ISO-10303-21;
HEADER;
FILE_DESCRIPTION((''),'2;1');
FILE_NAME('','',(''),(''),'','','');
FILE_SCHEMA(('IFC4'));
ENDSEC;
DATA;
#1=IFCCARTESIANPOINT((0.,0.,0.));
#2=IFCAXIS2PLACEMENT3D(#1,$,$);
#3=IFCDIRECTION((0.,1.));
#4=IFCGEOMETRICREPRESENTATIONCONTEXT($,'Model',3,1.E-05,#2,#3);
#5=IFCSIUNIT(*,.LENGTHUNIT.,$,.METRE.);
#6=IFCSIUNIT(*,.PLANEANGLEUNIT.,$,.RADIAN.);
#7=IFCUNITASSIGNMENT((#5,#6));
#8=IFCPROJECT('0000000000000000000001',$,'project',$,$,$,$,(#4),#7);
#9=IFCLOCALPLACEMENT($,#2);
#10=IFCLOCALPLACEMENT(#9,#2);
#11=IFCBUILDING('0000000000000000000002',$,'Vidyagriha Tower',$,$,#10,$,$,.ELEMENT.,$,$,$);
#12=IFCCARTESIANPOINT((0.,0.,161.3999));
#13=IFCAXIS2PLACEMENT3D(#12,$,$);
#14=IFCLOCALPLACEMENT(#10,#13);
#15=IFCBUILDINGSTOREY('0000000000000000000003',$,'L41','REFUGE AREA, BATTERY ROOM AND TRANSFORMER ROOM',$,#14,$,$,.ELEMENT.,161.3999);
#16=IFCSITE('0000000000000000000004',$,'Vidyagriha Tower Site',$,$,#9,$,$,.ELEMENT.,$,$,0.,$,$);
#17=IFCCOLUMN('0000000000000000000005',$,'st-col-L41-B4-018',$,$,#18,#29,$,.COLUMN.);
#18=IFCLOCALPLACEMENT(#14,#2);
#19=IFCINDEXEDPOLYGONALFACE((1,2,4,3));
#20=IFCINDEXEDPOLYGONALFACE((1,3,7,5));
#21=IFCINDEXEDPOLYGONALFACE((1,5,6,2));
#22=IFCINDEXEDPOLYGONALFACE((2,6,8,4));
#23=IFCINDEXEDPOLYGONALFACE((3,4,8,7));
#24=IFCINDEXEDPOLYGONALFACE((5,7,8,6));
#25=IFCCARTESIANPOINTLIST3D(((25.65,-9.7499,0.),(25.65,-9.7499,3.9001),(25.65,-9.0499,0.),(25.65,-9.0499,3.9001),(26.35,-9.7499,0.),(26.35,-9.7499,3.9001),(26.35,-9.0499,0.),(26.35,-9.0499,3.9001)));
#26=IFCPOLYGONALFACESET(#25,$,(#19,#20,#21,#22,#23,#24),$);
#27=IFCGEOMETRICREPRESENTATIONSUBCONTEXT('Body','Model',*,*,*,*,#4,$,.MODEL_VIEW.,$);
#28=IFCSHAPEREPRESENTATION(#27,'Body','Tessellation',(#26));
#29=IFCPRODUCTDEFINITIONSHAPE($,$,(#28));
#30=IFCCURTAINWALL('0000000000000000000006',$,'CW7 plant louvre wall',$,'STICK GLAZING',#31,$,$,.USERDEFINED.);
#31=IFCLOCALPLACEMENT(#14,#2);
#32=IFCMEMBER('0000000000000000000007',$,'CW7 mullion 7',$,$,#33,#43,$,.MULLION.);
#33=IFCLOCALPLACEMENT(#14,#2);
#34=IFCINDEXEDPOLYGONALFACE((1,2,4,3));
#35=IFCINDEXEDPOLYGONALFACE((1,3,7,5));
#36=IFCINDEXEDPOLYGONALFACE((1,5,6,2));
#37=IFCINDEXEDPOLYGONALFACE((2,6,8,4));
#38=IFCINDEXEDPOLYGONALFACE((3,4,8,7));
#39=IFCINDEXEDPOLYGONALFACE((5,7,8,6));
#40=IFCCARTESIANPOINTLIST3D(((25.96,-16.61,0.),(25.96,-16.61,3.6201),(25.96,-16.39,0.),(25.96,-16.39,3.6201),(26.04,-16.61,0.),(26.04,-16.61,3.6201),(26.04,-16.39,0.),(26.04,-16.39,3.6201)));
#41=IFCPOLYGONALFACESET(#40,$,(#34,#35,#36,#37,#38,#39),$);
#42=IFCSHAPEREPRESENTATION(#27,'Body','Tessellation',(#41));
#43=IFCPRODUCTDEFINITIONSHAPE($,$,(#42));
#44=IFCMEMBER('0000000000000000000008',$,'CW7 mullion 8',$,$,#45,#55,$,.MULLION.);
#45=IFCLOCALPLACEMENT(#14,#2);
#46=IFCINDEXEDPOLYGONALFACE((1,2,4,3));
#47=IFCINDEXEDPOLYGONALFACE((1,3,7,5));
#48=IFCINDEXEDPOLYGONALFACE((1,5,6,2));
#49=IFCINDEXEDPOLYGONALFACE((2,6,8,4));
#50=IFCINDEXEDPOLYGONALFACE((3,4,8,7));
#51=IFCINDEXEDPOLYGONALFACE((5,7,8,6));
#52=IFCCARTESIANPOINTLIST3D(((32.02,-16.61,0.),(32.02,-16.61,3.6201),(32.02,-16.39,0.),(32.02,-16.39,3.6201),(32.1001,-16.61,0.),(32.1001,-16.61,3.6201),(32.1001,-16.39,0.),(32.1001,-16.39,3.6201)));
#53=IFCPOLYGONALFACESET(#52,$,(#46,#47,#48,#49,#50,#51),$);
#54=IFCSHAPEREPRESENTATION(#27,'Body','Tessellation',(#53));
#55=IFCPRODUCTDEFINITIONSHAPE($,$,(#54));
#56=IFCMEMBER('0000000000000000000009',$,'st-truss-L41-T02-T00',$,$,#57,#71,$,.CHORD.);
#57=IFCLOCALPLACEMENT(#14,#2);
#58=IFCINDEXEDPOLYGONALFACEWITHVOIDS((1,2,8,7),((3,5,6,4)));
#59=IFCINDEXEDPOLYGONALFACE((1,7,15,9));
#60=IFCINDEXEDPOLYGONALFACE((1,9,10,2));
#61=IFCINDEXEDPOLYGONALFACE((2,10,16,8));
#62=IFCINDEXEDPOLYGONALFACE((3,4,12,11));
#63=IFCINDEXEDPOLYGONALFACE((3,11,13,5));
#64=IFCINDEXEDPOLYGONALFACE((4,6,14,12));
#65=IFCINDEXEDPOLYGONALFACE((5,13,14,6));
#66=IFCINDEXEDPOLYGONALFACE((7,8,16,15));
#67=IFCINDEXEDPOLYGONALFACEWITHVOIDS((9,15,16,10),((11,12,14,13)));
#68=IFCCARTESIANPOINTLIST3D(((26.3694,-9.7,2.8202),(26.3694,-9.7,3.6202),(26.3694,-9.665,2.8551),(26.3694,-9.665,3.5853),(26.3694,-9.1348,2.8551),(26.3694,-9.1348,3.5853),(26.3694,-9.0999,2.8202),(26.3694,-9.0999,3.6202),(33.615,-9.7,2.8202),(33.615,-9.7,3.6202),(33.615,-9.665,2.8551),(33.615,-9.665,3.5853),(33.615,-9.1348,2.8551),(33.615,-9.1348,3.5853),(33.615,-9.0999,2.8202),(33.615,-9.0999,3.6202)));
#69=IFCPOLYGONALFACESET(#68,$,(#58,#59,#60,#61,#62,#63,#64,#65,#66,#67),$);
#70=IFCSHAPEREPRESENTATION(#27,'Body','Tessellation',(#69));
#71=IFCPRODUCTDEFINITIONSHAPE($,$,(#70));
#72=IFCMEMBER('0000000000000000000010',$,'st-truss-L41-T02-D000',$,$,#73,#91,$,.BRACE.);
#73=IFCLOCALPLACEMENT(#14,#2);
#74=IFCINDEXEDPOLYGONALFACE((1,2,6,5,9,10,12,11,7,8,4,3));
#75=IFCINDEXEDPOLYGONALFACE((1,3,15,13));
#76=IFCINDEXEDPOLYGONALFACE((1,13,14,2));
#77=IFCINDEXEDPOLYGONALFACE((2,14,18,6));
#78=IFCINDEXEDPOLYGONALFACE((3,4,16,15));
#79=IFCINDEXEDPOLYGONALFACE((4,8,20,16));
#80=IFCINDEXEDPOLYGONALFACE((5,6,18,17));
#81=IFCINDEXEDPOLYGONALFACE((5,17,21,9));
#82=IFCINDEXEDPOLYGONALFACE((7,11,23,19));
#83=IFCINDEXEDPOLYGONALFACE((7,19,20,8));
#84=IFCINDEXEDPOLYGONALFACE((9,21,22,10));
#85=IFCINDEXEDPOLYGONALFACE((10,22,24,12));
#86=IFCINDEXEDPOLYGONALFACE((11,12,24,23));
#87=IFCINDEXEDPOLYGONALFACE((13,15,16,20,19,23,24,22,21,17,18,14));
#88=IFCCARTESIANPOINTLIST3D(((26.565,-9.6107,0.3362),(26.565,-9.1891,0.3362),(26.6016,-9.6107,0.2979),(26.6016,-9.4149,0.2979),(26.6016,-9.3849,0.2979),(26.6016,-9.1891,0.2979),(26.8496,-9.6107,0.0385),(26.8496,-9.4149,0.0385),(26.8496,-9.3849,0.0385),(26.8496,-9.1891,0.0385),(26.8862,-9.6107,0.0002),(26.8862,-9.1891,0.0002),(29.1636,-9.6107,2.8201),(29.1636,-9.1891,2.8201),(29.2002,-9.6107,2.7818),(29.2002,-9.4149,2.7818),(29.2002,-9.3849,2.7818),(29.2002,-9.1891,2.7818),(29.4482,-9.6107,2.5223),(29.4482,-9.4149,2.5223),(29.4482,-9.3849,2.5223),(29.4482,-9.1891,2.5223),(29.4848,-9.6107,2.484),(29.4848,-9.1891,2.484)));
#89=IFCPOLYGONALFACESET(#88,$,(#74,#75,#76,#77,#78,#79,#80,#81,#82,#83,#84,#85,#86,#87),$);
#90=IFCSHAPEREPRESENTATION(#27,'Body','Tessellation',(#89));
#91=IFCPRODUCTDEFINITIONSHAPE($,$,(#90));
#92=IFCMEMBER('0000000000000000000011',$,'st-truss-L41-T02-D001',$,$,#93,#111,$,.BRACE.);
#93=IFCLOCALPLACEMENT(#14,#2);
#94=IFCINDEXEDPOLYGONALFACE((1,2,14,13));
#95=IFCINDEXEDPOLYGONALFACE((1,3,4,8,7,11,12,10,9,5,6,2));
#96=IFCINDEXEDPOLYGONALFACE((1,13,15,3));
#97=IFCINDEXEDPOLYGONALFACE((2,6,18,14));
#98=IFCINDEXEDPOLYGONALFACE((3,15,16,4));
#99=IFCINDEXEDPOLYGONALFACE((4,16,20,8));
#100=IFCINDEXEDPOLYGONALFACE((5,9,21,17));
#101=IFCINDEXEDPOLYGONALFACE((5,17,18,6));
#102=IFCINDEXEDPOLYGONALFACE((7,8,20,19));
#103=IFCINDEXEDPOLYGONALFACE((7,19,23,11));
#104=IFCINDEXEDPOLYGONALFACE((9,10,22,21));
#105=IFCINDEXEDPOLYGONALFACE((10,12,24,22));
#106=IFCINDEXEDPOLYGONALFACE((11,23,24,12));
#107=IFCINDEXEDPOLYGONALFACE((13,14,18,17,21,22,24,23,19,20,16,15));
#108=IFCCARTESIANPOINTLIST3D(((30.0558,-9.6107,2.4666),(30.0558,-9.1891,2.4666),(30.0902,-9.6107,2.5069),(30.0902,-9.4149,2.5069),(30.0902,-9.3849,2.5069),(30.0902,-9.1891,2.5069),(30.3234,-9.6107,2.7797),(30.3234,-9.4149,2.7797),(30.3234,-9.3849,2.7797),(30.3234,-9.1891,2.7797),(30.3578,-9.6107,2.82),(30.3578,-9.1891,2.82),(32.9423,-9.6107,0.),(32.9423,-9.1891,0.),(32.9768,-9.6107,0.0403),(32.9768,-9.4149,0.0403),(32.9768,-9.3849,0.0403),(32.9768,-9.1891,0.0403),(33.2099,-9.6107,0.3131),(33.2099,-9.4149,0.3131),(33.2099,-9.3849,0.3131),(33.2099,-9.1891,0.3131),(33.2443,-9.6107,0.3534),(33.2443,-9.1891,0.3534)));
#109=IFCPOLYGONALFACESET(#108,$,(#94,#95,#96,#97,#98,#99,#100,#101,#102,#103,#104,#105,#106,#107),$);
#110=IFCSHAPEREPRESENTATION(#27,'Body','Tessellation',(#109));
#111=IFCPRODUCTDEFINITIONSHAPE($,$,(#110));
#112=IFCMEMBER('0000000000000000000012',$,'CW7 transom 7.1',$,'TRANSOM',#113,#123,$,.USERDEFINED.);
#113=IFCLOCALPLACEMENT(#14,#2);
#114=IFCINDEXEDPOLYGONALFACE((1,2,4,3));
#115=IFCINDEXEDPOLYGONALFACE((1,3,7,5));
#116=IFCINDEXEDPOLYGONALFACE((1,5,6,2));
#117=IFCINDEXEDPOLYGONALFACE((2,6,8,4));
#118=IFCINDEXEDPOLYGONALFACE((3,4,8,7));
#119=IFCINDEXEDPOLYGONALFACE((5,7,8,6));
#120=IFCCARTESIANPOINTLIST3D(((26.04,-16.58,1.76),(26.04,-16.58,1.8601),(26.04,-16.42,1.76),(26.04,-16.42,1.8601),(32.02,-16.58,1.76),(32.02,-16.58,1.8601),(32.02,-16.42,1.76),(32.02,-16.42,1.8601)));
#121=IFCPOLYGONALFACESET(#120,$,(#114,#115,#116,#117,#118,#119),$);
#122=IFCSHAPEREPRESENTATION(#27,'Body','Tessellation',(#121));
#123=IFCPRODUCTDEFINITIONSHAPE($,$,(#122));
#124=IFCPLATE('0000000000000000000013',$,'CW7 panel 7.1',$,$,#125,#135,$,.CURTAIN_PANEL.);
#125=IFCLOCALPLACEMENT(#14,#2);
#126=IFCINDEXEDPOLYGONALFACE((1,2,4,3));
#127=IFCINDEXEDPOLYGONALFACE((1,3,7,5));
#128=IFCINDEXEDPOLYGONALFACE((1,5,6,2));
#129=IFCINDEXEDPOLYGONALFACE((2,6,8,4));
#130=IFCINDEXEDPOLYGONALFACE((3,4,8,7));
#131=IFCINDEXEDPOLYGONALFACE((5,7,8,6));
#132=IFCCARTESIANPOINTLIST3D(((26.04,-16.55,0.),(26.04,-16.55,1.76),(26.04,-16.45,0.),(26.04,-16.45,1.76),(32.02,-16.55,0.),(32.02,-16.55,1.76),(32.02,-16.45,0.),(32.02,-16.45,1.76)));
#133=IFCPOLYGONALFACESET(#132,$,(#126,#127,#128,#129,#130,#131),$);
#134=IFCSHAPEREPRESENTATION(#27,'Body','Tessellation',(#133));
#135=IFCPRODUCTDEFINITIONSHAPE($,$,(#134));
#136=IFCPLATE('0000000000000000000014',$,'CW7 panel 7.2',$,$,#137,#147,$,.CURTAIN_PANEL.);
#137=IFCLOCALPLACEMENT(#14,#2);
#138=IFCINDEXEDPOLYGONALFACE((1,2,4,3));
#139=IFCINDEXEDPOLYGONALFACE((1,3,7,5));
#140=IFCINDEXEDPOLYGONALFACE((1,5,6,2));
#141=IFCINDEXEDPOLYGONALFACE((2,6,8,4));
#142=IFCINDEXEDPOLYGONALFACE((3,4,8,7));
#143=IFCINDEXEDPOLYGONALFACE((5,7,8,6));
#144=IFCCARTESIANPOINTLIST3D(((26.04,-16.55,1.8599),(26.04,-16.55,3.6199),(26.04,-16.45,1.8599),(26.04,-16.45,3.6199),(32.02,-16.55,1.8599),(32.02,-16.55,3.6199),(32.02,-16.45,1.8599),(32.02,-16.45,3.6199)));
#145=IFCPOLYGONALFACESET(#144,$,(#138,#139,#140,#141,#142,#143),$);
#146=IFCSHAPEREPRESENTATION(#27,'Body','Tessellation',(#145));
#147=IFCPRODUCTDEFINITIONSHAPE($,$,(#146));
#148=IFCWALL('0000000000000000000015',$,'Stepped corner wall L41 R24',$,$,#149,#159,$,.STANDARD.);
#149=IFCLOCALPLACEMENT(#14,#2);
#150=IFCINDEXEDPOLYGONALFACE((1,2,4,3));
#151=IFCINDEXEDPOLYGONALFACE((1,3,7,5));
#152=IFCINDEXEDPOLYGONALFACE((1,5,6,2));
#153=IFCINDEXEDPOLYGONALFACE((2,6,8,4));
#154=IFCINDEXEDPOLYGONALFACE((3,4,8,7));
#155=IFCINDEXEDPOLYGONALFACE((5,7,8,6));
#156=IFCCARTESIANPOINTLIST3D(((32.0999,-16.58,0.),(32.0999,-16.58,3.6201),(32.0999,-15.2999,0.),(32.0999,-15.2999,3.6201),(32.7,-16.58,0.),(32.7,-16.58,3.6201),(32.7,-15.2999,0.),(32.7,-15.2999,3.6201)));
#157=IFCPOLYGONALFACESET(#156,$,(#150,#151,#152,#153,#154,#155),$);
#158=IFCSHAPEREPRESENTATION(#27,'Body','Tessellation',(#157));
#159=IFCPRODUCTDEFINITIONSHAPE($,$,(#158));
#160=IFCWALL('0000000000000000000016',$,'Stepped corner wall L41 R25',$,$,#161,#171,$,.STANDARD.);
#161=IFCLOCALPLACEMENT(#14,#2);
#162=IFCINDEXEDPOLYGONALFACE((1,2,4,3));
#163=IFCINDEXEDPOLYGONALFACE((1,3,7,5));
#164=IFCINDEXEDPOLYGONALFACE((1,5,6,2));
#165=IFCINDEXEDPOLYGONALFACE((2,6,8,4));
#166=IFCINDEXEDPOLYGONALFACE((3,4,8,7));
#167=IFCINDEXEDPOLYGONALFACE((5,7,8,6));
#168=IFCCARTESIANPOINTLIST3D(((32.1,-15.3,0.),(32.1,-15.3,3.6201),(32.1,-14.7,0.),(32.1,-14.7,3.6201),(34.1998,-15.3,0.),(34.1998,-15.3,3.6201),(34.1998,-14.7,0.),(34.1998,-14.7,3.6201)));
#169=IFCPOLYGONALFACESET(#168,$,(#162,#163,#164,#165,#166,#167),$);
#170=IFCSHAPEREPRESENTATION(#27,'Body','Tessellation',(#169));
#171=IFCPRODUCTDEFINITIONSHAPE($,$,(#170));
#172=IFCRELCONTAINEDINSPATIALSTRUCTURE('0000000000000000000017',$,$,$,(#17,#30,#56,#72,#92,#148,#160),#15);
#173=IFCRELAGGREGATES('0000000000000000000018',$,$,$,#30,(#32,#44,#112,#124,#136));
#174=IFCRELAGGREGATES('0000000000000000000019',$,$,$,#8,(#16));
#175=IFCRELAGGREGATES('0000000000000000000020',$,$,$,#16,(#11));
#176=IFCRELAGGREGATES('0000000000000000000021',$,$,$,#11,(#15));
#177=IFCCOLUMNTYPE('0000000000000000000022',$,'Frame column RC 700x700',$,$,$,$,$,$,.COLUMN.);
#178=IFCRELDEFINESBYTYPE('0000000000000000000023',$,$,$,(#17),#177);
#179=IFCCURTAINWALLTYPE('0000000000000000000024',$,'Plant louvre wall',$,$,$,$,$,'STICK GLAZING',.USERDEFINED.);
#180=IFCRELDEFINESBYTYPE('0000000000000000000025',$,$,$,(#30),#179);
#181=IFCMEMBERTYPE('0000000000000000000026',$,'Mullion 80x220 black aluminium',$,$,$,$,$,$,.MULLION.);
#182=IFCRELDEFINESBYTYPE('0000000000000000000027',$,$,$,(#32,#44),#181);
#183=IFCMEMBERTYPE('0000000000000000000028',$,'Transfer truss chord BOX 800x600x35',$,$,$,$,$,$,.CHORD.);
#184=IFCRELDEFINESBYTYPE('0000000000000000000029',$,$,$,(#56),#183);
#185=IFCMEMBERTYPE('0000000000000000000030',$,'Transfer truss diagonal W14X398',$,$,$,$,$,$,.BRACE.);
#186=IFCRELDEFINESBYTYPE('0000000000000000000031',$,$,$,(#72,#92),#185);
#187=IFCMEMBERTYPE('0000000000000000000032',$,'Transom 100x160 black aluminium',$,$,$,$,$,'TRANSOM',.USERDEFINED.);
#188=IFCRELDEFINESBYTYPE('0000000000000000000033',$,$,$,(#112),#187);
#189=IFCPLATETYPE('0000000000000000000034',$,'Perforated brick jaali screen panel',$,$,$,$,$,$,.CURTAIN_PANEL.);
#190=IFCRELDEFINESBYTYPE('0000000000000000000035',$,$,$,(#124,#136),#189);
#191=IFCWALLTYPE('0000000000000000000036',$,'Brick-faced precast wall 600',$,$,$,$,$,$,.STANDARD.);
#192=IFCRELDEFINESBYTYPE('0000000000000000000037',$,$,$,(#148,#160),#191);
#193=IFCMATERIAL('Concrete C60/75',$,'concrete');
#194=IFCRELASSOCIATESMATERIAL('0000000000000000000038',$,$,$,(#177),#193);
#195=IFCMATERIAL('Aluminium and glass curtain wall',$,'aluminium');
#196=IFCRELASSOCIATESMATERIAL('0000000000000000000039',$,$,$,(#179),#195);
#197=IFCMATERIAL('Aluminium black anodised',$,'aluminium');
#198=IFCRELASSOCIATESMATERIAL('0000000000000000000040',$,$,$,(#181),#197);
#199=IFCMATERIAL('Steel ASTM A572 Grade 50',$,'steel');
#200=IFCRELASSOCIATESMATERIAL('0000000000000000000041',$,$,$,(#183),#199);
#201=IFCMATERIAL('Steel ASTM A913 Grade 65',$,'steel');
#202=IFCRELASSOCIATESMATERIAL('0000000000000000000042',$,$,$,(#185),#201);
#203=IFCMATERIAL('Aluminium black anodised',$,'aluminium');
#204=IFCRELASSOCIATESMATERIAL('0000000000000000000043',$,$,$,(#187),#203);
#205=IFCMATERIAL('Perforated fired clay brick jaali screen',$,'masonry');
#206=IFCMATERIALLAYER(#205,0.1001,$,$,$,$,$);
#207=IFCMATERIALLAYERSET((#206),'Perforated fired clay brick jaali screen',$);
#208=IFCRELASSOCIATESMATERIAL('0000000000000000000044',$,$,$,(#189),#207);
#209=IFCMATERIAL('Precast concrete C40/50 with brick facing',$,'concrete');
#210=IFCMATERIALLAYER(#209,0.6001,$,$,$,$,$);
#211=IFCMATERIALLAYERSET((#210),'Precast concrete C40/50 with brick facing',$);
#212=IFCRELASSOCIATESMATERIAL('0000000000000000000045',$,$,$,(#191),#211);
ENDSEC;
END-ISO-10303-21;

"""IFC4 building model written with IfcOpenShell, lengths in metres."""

from ifc_helpers import new_model, si_unit, direction, frame, frame_2d, origin, origin_2d, place, context, subcontext, project, spatial, rectangle, hollow_rectangle, i_section, extrude, material, layer, layer_set, material_profile, profile_set, type_object, element, aggregate, save


model = new_model("IFC4")

# Units and contexts
model_context = context("Model", 3, precision=1e-05, world=origin(), true_north=direction((0.0, 1.0)))
body_context = subcontext(model_context, "Body", "Model", "MODEL_VIEW")
ifc_project = project(units=[si_unit("LENGTHUNIT", "METRE"), si_unit("PLANEANGLEUNIT", "RADIAN")], contexts=[model_context])

# Site, building, storey
site_placement = place(None, origin())
site = spatial("IfcSite", under=ifc_project, at=site_placement, Name="Vidyagriha Tower Site", CompositionType="ELEMENT", RefElevation=0.0)
building_placement = place(site_placement, origin())
building = spatial("IfcBuilding", under=site, at=building_placement, Name="Vidyagriha Tower", CompositionType="ELEMENT")
storey_placement = place(building_placement, frame((0.0, 0.0, 161.3999)))
storey = spatial("IfcBuildingStorey", under=building, at=storey_placement, Name="L41", Description="REFUGE AREA, BATTERY ROOM AND TRANSFORMER ROOM", CompositionType="ELEMENT", Elevation=161.3999)

# Column
ifc_material_1 = material(Name="Concrete C60/75", Category="concrete")
ifc_material_profile_1 = material_profile(ifc_material_1, rectangle(XDim=0.7, YDim=0.7, at=origin_2d()), Name="RC 700x700")
ifc_profile_set_1 = profile_set([ifc_material_profile_1], Name="Concrete C60/75")
column_type = type_object("IfcColumnType", Name="Frame column RC 700x700", PredefinedType="COLUMN", material=ifc_profile_set_1)
column_placement = place(storey_placement, frame((26.0, -9.3999, 0.0)))
element("IfcColumn", 1, at=column_placement, inside=storey, type_object=column_type, Name="st-col-L41-B4-018", PredefinedType="COLUMN", context=body_context, shape_type="SweptSolid", body=[
    extrude(rectangle(XDim=0.7, YDim=0.7, at=origin_2d()), origin(), (0.0, 0.0, 1.0), 3.9001),
])

# Curtain wall, members
ifc_material_2 = material(Name="Aluminium and glass curtain wall", Category="aluminium")
curtain_wall_type = type_object("IfcCurtainWallType", Name="Plant louvre wall", ElementType="STICK GLAZING", PredefinedType="USERDEFINED", material=ifc_material_2)
curtain_wall_placement = place(storey_placement, origin())
curtain_wall = element("IfcCurtainWall", 2, at=curtain_wall_placement, inside=storey, type_object=curtain_wall_type, Name="CW7 plant louvre wall", ObjectType="STICK GLAZING", PredefinedType="USERDEFINED")
ifc_material_3 = material(Name="Aluminium black anodised", Category="aluminium")
ifc_material_profile_2 = material_profile(ifc_material_3, rectangle(XDim=0.22, YDim=0.0801, at=origin_2d()), Name="Mullion 80x220 black aluminium")
ifc_profile_set_2 = profile_set([ifc_material_profile_2], Name="Aluminium black anodised")
member_type_1 = type_object("IfcMemberType", Name="Mullion 80x220 black aluminium", PredefinedType="MULLION", material=ifc_profile_set_2)
member_1_placement = place(storey_placement, frame((26.0, -16.5, 0.0), z_axis=(0.0, 0.0, 1.0), x_axis=(0.0, 1.0, 0.0)))
member_1 = element("IfcMember", 3, at=member_1_placement, type_object=member_type_1, Name="CW7 mullion 7", PredefinedType="MULLION", context=body_context, shape_type="SweptSolid", body=[
    extrude(rectangle(XDim=0.22, YDim=0.0801, at=origin_2d()), origin(), (0.0, 0.0, 1.0), 3.6201),
])
member_2_placement = place(storey_placement, frame((32.0601, -16.5, 0.0), z_axis=(0.0, 0.0, 1.0), x_axis=(0.0, 1.0, 0.0)))
member_2 = element("IfcMember", 4, at=member_2_placement, type_object=member_type_1, Name="CW7 mullion 8", PredefinedType="MULLION", context=body_context, shape_type="SweptSolid", body=[
    extrude(rectangle(XDim=0.22, YDim=0.0801, at=origin_2d()), origin(), (0.0, 0.0, 1.0), 3.6201),
])

# Members
ifc_material_4 = material(Name="Steel ASTM A572 Grade 50", Category="steel")
ifc_material_profile_3 = material_profile(ifc_material_4, hollow_rectangle(XDim=0.6001, YDim=0.8, WallThickness=0.0349, at=origin_2d()), Name="BOX 800x600x35")
ifc_profile_set_3 = profile_set([ifc_material_profile_3], Name="Steel ASTM A572 Grade 50")
member_type_2 = type_object("IfcMemberType", Name="Transfer truss chord BOX 800x600x35", PredefinedType="CHORD", material=ifc_profile_set_3)
member_3_placement = place(storey_placement, frame((26.3694, -9.3999, 3.2202), z_axis=(1.0, 0.0, 0.0), x_axis=(0.0, 1.0, 0.0)))
element("IfcMember", 5, at=member_3_placement, inside=storey, type_object=member_type_2, Name="st-truss-L41-T02-T00", PredefinedType="CHORD", context=body_context, shape_type="SweptSolid", body=[
    extrude(hollow_rectangle(XDim=0.6001, YDim=0.8, WallThickness=0.0349, at=origin_2d()), origin(), (0.0, 0.0, 1.0), 7.2456),
])
ifc_material_5 = material(Name="Steel ASTM A913 Grade 65", Category="steel")
ifc_material_profile_4 = material_profile(ifc_material_5, i_section(OverallWidth=0.4216, OverallDepth=0.4648, WebThickness=0.03, FlangeThickness=0.053, at=origin_2d()), Name="W14X398")
ifc_profile_set_4 = profile_set([ifc_material_profile_4], Name="Steel ASTM A913 Grade 65")
member_type_3 = type_object("IfcMemberType", Name="Transfer truss diagonal W14X398", PredefinedType="BRACE", material=ifc_profile_set_4)
member_4_placement = place(storey_placement, frame((26.7256, -9.3999, 0.1682), z_axis=(0.722887, 0.0, 0.690967), x_axis=(0.0, 1.0, 0.0)))
element("IfcMember", 6, at=member_4_placement, inside=storey, type_object=member_type_3, Name="st-truss-L41-T02-D000", PredefinedType="BRACE", context=body_context, shape_type="SweptSolid", body=[
    extrude(i_section(OverallWidth=0.4216, OverallDepth=0.4648, WebThickness=0.03, FlangeThickness=0.053, at=origin_2d()), origin(), (0.0, 0.0, 1.0), 3.5947),
])
member_5_placement = place(storey_placement, frame((30.2068, -9.3999, 2.6433), z_axis=(0.760241, 0.0, -0.649642), x_axis=(0.0, 1.0, 0.0)))
element("IfcMember", 7, at=member_5_placement, inside=storey, type_object=member_type_3, Name="st-truss-L41-T02-D001", PredefinedType="BRACE", context=body_context, shape_type="SweptSolid", body=[
    extrude(i_section(OverallWidth=0.4216, OverallDepth=0.4648, WebThickness=0.03, FlangeThickness=0.053, at=origin_2d()), origin(), (0.0, 0.0, 1.0), 3.7969),
])

# Member
ifc_material_6 = material(Name="Aluminium black anodised", Category="aluminium")
ifc_material_profile_5 = material_profile(ifc_material_6, rectangle(XDim=0.1599, YDim=0.1001, at=origin_2d()), Name="Transom 100x160 black aluminium")
ifc_profile_set_5 = profile_set([ifc_material_profile_5], Name="Aluminium black anodised")
member_type_4 = type_object("IfcMemberType", Name="Transom 100x160 black aluminium", ElementType="TRANSOM", PredefinedType="USERDEFINED", material=ifc_profile_set_5)
member_6_placement = place(storey_placement, frame((26.04, -16.5, 1.8101), z_axis=(1.0, 0.0, 0.0), x_axis=(0.0, 1.0, 0.0)))
member_6 = element("IfcMember", 8, at=member_6_placement, type_object=member_type_4, Name="CW7 transom 7.1", ObjectType="TRANSOM", PredefinedType="USERDEFINED", context=body_context, shape_type="SweptSolid", body=[
    extrude(rectangle(XDim=0.1599, YDim=0.1001, at=origin_2d()), origin(), (0.0, 0.0, 1.0), 5.98),
])

# Plates
ifc_material_7 = material(Name="Perforated fired clay brick jaali screen", Category="masonry")
ifc_layer_1 = layer(ifc_material_7, 0.1001)
ifc_layer_set_1 = layer_set([ifc_layer_1], Name="Perforated fired clay brick jaali screen")
plate_type = type_object("IfcPlateType", Name="Perforated brick jaali screen panel", PredefinedType="CURTAIN_PANEL", material=ifc_layer_set_1)
plate_1_placement = place(storey_placement, frame((29.03, -16.5, 0.0)))
plate_1 = element("IfcPlate", 9, at=plate_1_placement, type_object=plate_type, Name="CW7 panel 7.1", PredefinedType="CURTAIN_PANEL", context=body_context, shape_type="SweptSolid", body=[
    extrude(rectangle(XDim=5.98, YDim=0.1001, at=origin_2d()), origin(), (0.0, 0.0, 1.0), 1.76),
])
plate_2_placement = place(storey_placement, frame((29.03, -16.5, 1.8599)))
plate_2 = element("IfcPlate", 10, at=plate_2_placement, type_object=plate_type, Name="CW7 panel 7.2", PredefinedType="CURTAIN_PANEL", context=body_context, shape_type="SweptSolid", body=[
    extrude(rectangle(XDim=5.98, YDim=0.1001, at=origin_2d()), origin(), (0.0, 0.0, 1.0), 1.76),
])
aggregate(curtain_wall, [member_1, member_2, member_6, plate_1, plate_2])

# Walls
ifc_material_8 = material(Name="Precast concrete C40/50 with brick facing", Category="concrete")
ifc_layer_2 = layer(ifc_material_8, 0.6001)
ifc_layer_set_2 = layer_set([ifc_layer_2], Name="Precast concrete C40/50 with brick facing")
wall_type_1 = type_object("IfcWallType", Name="Brick-faced precast wall 600", PredefinedType="STANDARD", material=ifc_layer_set_2)
wall_1_placement = place(storey_placement, frame((32.3999, -16.5801, 0.0), z_axis=(0.0, 0.0, 1.0), x_axis=(0.0, 1.0, 0.0)))
element("IfcWall", 11, at=wall_1_placement, inside=storey, type_object=wall_type_1, Name="Stepped corner wall L41 R24", PredefinedType="STANDARD", context=body_context, shape_type="SweptSolid", body=[
    extrude(rectangle(XDim=1.28, YDim=0.6001, at=frame_2d((0.6401, 0.0))), origin(), (0.0, 0.0, 1.0), 3.6201),
])
wall_2_placement = place(storey_placement, frame((32.1001, -15.0, 0.0)))
element("IfcWall", 12, at=wall_2_placement, inside=storey, type_object=wall_type_1, Name="Stepped corner wall L41 R25", PredefinedType="STANDARD", context=body_context, shape_type="SweptSolid", body=[
    extrude(rectangle(XDim=2.0999, YDim=0.6001, at=frame_2d((1.0498, 0.0))), origin(), (0.0, 0.0, 1.0), 3.6201),
])

save(model, "model.ifc")
